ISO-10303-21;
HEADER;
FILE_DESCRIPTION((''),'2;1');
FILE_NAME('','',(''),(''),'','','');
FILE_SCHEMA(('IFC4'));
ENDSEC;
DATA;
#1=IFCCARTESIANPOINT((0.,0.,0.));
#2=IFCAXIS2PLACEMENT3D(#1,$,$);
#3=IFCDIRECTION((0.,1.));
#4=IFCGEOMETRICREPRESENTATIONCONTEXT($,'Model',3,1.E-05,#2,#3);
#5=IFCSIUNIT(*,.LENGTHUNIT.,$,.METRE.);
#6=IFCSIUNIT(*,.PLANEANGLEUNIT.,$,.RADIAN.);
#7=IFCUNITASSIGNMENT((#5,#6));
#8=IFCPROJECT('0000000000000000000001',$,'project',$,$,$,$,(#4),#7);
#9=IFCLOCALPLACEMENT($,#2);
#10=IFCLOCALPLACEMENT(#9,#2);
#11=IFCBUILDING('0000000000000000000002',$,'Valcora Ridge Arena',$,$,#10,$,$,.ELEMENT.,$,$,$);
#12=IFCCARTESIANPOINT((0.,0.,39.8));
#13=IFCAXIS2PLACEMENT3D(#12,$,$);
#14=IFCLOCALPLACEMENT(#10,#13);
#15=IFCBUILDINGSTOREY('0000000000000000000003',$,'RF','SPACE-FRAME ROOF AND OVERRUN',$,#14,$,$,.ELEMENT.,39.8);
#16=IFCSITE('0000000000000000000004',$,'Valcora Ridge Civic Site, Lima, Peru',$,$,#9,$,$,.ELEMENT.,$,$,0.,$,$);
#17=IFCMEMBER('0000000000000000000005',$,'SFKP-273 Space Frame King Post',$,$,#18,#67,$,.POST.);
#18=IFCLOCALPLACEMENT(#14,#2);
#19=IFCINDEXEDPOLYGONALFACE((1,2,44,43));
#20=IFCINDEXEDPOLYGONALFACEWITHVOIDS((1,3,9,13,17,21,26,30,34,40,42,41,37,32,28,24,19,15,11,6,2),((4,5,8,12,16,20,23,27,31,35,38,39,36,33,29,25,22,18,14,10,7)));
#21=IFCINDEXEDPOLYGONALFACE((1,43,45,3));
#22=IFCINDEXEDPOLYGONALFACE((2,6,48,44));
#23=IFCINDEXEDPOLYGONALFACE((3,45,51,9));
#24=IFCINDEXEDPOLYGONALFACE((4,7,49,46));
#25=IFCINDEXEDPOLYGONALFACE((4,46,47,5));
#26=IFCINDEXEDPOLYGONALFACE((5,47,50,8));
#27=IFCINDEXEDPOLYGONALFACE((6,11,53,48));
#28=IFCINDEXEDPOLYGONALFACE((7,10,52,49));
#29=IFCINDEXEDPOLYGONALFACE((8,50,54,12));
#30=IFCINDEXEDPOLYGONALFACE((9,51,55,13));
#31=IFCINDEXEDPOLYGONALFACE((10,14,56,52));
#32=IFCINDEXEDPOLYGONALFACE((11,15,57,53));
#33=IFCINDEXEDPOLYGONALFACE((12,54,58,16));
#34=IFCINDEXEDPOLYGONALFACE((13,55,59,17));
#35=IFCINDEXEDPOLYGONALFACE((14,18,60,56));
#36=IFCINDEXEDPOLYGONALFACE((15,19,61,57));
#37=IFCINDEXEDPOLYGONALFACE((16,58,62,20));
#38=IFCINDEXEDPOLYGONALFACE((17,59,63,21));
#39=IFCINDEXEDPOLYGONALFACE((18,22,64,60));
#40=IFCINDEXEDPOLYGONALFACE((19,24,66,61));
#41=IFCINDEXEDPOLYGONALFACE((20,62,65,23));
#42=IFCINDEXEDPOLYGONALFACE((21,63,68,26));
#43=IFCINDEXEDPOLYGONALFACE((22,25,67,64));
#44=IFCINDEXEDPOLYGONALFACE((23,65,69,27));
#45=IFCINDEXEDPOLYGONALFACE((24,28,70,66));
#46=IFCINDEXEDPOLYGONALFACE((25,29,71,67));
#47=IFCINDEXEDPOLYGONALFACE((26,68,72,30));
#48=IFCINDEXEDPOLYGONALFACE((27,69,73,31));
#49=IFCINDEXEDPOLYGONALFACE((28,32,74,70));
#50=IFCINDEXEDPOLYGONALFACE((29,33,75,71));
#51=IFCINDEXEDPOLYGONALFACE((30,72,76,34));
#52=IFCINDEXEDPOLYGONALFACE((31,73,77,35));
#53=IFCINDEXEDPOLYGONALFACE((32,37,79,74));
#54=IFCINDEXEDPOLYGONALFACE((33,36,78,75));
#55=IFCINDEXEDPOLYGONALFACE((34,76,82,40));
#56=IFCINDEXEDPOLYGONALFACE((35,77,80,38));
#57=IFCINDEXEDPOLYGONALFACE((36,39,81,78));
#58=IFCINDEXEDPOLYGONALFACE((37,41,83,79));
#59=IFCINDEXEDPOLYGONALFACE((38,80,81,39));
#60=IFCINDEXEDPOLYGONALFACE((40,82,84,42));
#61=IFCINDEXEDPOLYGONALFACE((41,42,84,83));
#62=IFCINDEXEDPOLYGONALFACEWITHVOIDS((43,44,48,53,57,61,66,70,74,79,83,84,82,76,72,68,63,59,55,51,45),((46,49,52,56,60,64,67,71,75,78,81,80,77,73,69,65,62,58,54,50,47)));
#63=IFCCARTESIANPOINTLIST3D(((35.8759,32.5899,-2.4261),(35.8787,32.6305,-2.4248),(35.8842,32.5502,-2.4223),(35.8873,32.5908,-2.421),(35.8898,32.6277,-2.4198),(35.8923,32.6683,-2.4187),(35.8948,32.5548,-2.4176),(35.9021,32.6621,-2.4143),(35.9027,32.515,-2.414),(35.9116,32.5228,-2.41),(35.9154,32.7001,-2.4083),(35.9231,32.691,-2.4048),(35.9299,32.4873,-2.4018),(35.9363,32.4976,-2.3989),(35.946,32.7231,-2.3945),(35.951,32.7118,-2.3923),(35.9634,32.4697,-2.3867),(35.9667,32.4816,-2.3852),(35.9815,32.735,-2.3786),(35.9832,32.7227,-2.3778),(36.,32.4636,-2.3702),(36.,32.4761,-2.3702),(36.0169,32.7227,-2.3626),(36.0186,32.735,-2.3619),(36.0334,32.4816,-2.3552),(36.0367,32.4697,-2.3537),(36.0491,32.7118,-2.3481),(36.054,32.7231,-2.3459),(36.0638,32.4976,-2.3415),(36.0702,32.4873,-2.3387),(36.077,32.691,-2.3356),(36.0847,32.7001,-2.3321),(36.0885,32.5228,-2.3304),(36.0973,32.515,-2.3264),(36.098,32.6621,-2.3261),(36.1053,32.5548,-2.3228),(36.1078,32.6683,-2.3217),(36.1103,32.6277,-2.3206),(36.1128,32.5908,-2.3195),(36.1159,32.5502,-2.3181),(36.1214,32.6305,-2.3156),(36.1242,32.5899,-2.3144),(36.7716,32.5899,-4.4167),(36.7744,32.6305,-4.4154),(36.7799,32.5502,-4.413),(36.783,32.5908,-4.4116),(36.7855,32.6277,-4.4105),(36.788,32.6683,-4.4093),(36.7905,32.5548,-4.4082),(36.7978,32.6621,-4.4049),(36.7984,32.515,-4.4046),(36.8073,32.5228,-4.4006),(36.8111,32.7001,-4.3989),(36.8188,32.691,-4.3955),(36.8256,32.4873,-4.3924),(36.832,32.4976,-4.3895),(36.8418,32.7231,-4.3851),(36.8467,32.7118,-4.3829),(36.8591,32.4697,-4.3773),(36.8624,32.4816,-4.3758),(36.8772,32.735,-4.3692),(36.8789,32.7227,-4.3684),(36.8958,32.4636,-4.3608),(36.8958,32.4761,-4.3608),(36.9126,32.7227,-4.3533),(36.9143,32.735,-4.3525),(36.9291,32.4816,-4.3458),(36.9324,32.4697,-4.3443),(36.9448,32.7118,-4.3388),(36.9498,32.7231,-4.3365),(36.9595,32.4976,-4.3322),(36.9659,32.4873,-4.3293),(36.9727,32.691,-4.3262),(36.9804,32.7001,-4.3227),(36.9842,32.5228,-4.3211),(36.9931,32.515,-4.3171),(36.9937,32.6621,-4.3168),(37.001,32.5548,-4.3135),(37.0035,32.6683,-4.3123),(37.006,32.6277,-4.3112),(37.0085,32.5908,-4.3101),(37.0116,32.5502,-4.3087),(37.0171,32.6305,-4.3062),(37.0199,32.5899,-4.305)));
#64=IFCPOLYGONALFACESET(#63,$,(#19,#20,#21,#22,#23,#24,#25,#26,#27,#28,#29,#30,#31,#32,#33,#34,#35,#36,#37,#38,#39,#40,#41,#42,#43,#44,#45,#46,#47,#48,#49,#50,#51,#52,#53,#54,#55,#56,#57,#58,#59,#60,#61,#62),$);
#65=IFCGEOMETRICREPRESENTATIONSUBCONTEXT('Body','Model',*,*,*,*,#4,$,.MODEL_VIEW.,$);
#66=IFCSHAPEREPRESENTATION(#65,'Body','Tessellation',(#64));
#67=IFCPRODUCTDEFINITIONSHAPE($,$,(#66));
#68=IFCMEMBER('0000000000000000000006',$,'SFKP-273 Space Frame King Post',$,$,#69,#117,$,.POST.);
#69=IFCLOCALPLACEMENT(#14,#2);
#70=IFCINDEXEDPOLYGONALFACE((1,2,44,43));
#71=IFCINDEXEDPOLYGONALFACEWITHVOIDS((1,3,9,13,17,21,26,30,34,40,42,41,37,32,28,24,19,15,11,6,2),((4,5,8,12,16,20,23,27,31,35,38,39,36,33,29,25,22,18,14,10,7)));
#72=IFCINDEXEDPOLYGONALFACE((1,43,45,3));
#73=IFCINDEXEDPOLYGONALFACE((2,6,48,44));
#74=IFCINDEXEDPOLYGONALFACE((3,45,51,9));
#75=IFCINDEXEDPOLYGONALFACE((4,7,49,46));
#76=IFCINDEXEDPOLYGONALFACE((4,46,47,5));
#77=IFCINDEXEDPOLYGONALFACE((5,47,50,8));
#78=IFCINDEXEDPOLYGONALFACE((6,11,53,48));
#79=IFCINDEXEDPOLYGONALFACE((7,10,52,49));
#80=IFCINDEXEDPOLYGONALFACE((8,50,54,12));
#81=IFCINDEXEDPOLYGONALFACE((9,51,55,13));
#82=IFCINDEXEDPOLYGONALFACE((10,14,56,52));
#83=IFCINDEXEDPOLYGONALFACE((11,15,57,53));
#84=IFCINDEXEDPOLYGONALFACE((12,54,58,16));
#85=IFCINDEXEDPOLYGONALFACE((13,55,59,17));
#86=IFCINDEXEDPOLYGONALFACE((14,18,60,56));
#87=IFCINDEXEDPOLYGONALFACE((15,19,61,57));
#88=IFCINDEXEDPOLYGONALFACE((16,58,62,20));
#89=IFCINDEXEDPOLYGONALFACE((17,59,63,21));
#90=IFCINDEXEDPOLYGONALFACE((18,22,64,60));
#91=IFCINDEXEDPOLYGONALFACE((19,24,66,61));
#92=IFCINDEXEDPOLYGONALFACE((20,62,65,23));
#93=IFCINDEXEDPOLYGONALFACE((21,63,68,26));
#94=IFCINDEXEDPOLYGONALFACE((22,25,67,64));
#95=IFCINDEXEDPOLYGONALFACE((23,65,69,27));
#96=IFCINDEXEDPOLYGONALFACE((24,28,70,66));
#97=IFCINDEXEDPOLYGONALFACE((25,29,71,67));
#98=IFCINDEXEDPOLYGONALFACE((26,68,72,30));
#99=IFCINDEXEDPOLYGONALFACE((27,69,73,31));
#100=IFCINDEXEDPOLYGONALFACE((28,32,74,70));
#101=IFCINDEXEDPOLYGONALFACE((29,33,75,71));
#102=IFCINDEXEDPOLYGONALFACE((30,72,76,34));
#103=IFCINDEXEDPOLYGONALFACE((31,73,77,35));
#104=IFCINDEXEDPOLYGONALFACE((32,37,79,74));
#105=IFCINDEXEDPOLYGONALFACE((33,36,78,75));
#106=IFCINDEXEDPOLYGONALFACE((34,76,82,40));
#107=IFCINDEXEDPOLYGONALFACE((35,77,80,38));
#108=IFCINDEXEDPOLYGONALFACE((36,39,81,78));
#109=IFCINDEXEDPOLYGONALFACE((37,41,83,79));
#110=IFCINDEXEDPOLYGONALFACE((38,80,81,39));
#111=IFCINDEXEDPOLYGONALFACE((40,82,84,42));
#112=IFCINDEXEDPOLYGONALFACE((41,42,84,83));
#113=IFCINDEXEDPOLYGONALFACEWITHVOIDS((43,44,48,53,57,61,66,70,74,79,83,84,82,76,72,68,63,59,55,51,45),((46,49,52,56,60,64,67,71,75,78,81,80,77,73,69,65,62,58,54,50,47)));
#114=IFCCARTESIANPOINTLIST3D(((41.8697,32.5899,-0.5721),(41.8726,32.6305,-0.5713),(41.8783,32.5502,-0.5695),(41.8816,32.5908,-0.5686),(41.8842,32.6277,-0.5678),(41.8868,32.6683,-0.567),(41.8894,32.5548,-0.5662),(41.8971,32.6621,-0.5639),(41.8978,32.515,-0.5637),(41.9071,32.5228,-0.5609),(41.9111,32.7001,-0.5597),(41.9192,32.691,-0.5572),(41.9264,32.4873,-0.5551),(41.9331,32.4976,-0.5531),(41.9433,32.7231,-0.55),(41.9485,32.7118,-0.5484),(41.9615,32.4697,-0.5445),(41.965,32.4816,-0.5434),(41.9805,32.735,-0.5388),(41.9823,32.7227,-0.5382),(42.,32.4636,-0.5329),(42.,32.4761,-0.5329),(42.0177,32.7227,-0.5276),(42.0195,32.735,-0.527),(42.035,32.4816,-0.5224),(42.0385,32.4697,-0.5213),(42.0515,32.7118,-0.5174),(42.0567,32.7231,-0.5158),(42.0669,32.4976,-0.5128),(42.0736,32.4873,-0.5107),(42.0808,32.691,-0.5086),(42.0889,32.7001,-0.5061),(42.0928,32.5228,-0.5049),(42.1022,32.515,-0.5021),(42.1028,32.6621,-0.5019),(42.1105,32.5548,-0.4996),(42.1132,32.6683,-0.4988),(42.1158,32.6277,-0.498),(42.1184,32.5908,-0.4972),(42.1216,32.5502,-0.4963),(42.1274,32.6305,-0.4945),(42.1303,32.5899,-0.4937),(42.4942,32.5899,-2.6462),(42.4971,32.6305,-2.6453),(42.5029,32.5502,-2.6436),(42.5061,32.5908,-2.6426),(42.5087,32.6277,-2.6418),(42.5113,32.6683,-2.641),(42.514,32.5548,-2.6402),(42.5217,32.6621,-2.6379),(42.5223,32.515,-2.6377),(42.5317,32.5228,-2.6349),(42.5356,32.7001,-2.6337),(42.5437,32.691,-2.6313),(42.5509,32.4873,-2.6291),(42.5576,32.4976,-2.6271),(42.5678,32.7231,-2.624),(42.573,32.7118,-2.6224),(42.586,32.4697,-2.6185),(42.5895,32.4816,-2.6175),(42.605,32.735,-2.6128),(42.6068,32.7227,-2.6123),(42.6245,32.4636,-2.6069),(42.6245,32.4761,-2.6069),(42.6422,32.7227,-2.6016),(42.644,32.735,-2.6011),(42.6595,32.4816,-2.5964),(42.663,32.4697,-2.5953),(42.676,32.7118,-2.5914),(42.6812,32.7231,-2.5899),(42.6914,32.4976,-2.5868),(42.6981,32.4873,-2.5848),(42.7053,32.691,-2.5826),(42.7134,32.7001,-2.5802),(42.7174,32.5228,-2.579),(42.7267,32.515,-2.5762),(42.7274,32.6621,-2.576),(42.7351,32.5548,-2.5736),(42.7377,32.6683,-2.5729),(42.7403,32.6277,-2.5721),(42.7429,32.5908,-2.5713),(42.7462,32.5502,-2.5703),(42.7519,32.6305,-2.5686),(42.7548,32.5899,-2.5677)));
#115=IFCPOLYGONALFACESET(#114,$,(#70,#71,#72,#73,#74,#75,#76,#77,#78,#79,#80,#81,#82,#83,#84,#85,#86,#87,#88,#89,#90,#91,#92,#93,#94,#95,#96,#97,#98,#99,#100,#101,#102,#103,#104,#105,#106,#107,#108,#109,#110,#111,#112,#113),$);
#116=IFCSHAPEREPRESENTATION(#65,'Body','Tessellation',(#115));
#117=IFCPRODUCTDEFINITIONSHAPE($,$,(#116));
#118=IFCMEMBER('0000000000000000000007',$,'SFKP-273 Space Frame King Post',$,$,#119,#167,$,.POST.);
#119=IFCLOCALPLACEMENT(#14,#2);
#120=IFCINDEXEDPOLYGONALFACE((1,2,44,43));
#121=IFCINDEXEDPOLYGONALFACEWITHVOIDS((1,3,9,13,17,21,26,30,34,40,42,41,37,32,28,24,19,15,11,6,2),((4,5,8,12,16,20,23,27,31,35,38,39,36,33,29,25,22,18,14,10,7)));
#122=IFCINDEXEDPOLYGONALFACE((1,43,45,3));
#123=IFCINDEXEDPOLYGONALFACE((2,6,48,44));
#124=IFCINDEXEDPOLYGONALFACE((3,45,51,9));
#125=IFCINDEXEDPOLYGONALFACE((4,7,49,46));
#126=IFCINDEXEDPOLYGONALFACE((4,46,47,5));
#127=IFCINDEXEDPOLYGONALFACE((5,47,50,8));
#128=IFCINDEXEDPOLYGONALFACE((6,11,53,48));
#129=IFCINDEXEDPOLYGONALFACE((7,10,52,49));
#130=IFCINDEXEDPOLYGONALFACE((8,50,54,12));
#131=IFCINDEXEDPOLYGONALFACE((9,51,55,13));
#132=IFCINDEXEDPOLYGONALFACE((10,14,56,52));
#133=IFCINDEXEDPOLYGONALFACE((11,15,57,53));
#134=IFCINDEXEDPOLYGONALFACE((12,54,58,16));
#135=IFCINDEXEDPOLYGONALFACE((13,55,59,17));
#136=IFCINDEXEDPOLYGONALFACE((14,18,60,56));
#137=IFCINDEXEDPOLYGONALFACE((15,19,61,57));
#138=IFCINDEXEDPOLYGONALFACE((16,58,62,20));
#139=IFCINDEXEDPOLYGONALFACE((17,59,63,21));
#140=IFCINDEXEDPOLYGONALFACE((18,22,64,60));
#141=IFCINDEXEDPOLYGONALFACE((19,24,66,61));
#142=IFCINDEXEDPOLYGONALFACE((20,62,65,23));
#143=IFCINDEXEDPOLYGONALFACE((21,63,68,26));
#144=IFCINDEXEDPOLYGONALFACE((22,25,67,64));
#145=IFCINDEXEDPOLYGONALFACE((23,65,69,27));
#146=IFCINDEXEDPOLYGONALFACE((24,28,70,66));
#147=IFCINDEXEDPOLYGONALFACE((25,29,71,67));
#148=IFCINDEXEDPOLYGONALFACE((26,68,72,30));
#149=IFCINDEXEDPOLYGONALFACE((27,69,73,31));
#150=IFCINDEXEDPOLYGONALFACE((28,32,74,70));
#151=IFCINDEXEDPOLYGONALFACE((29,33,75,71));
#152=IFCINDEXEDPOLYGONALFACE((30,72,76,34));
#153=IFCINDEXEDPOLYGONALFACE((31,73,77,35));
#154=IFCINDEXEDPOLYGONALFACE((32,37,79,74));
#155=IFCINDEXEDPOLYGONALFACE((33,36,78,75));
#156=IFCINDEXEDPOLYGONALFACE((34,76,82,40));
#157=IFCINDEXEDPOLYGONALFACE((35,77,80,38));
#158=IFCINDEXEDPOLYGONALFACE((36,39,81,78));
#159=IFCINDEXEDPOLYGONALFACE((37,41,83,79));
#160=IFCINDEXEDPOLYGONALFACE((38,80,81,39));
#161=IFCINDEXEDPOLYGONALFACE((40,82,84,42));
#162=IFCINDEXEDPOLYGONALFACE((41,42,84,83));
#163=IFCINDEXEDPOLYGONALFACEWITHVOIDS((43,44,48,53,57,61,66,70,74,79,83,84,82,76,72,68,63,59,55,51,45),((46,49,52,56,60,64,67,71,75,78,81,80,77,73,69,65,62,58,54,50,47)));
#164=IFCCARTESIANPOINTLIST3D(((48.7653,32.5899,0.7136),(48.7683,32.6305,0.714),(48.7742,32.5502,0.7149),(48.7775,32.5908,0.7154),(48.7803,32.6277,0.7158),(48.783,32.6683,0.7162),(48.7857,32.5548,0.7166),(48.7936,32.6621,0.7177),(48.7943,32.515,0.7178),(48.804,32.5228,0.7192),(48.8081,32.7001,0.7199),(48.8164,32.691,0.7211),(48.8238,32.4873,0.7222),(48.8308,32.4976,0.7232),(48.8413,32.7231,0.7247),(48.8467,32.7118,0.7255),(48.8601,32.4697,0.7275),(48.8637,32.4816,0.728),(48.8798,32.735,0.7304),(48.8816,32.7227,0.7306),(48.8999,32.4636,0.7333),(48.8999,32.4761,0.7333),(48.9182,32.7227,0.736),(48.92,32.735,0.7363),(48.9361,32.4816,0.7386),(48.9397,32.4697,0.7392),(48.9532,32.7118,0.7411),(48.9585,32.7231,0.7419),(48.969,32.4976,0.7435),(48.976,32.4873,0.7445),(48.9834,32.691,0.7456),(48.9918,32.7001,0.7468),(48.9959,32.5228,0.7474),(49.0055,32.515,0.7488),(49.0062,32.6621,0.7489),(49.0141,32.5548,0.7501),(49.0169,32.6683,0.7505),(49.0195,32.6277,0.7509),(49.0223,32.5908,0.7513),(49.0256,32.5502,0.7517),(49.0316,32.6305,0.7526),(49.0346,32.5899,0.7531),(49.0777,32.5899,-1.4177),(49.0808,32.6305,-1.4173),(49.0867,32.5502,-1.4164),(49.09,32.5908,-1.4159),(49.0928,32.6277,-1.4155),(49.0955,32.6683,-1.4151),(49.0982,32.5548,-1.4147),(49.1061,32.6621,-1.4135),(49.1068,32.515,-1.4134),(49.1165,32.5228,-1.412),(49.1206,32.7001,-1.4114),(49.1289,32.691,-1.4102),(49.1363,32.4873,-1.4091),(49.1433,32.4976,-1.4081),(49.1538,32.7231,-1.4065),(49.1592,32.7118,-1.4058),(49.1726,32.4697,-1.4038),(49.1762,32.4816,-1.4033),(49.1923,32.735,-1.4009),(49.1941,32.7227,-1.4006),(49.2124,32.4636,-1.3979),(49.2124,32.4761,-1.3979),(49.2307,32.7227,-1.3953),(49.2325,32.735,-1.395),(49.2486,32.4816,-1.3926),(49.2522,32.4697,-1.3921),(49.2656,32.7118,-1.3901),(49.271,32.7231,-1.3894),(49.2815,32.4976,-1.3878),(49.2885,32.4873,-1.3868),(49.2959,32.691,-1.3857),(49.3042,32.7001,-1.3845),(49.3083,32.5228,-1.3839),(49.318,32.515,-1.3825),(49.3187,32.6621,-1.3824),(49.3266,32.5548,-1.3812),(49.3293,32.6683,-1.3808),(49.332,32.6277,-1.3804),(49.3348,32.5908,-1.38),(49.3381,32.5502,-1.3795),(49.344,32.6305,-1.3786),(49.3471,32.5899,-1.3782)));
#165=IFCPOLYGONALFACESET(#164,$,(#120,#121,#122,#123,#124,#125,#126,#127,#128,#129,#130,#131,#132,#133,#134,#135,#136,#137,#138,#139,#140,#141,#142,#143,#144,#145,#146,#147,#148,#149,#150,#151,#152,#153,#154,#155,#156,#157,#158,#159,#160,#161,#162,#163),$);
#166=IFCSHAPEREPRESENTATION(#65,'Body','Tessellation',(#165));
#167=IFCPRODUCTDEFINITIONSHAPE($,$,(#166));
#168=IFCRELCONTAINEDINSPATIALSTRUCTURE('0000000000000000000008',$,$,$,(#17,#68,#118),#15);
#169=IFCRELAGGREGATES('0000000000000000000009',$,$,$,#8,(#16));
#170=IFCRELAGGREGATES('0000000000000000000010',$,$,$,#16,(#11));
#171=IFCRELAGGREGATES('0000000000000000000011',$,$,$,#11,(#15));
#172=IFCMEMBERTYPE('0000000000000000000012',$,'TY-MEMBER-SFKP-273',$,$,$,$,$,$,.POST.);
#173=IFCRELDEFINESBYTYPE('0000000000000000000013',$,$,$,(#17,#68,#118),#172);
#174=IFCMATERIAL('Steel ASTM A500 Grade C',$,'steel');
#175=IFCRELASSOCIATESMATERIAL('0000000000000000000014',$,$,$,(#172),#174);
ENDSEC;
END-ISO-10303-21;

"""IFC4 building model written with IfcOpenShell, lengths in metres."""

from ifc_helpers import new_model, si_unit, direction, frame, origin, origin_2d, place, context, subcontext, project, spatial, hollow_circle, extrude, material, material_profile, profile_set, type_object, element, save


model = new_model("IFC4")

# Units and contexts
model_context = context("Model", 3, precision=1e-05, world=origin(), true_north=direction((0.0, 1.0)))
body_context = subcontext(model_context, "Body", "Model", "MODEL_VIEW")
ifc_project = project(units=[si_unit("LENGTHUNIT", "METRE"), si_unit("PLANEANGLEUNIT", "RADIAN")], contexts=[model_context])

# Site, building, storey
site_placement = place(None, origin())
site = spatial("IfcSite", under=ifc_project, at=site_placement, Name="Valcora Ridge Civic Site, Lima, Peru", CompositionType="ELEMENT", RefElevation=0.0)
building_placement = place(site_placement, origin())
building = spatial("IfcBuilding", under=site, at=building_placement, Name="Valcora Ridge Arena", CompositionType="ELEMENT")
storey_placement = place(building_placement, frame((0.0, 0.0, 39.8)))
storey = spatial("IfcBuildingStorey", under=building, at=storey_placement, Name="RF", Description="SPACE-FRAME ROOF AND OVERRUN", CompositionType="ELEMENT", Elevation=39.8)

# Members
ifc_material_1 = material(Name="Steel ASTM A500 Grade C", Category="steel")
ifc_material_profile_1 = material_profile(ifc_material_1, hollow_circle(Radius=0.1365, WallThickness=0.0125, at=origin_2d()), Name="CHS273X12")
ifc_profile_set_1 = profile_set([ifc_material_profile_1], Name="Steel ASTM A500 Grade C")
member_type_1 = type_object("IfcMemberType", Name="TY-MEMBER-SFKP-273", PredefinedType="POST", material=ifc_profile_set_1)
member_1_placement = place(storey_placement, frame((36.8958, 32.6001, -4.3608), z_axis=(-0.410337, 0.0, 0.911934), x_axis=(0.0, -1.0, 0.0)))
element("IfcMember", 1, at=member_1_placement, inside=storey, type_object=member_type_1, Name="SFKP-273 Space Frame King Post", PredefinedType="POST", context=body_context, shape_type="SweptSolid", body=[
    extrude(hollow_circle(Radius=0.1365, WallThickness=0.0125, at=origin_2d()), origin(), (0.0, 0.0, 1.0), 2.1829),
])
member_2_placement = place(storey_placement, frame((42.6245, 32.6001, -2.6069), z_axis=(-0.28833, 0.0, 0.957531), x_axis=(0.0, -1.0, 0.0)))
element("IfcMember", 2, at=member_2_placement, inside=storey, type_object=member_type_1, Name="SFKP-273 Space Frame King Post", PredefinedType="POST", context=body_context, shape_type="SweptSolid", body=[
    extrude(hollow_circle(Radius=0.1365, WallThickness=0.0125, at=origin_2d()), origin(), (0.0, 0.0, 1.0), 2.166),
])
member_3_placement = place(storey_placement, frame((49.2124, 32.6001, -1.3979), z_axis=(-0.14507, 0.0, 0.989421), x_axis=(0.0, -1.0, 0.0)))
element("IfcMember", 3, at=member_3_placement, inside=storey, type_object=member_type_1, Name="SFKP-273 Space Frame King Post", PredefinedType="POST", context=body_context, shape_type="SweptSolid", body=[
    extrude(hollow_circle(Radius=0.1365, WallThickness=0.0125, at=origin_2d()), origin(), (0.0, 0.0, 1.0), 2.1541),
])

save(model, "model.ifc")
